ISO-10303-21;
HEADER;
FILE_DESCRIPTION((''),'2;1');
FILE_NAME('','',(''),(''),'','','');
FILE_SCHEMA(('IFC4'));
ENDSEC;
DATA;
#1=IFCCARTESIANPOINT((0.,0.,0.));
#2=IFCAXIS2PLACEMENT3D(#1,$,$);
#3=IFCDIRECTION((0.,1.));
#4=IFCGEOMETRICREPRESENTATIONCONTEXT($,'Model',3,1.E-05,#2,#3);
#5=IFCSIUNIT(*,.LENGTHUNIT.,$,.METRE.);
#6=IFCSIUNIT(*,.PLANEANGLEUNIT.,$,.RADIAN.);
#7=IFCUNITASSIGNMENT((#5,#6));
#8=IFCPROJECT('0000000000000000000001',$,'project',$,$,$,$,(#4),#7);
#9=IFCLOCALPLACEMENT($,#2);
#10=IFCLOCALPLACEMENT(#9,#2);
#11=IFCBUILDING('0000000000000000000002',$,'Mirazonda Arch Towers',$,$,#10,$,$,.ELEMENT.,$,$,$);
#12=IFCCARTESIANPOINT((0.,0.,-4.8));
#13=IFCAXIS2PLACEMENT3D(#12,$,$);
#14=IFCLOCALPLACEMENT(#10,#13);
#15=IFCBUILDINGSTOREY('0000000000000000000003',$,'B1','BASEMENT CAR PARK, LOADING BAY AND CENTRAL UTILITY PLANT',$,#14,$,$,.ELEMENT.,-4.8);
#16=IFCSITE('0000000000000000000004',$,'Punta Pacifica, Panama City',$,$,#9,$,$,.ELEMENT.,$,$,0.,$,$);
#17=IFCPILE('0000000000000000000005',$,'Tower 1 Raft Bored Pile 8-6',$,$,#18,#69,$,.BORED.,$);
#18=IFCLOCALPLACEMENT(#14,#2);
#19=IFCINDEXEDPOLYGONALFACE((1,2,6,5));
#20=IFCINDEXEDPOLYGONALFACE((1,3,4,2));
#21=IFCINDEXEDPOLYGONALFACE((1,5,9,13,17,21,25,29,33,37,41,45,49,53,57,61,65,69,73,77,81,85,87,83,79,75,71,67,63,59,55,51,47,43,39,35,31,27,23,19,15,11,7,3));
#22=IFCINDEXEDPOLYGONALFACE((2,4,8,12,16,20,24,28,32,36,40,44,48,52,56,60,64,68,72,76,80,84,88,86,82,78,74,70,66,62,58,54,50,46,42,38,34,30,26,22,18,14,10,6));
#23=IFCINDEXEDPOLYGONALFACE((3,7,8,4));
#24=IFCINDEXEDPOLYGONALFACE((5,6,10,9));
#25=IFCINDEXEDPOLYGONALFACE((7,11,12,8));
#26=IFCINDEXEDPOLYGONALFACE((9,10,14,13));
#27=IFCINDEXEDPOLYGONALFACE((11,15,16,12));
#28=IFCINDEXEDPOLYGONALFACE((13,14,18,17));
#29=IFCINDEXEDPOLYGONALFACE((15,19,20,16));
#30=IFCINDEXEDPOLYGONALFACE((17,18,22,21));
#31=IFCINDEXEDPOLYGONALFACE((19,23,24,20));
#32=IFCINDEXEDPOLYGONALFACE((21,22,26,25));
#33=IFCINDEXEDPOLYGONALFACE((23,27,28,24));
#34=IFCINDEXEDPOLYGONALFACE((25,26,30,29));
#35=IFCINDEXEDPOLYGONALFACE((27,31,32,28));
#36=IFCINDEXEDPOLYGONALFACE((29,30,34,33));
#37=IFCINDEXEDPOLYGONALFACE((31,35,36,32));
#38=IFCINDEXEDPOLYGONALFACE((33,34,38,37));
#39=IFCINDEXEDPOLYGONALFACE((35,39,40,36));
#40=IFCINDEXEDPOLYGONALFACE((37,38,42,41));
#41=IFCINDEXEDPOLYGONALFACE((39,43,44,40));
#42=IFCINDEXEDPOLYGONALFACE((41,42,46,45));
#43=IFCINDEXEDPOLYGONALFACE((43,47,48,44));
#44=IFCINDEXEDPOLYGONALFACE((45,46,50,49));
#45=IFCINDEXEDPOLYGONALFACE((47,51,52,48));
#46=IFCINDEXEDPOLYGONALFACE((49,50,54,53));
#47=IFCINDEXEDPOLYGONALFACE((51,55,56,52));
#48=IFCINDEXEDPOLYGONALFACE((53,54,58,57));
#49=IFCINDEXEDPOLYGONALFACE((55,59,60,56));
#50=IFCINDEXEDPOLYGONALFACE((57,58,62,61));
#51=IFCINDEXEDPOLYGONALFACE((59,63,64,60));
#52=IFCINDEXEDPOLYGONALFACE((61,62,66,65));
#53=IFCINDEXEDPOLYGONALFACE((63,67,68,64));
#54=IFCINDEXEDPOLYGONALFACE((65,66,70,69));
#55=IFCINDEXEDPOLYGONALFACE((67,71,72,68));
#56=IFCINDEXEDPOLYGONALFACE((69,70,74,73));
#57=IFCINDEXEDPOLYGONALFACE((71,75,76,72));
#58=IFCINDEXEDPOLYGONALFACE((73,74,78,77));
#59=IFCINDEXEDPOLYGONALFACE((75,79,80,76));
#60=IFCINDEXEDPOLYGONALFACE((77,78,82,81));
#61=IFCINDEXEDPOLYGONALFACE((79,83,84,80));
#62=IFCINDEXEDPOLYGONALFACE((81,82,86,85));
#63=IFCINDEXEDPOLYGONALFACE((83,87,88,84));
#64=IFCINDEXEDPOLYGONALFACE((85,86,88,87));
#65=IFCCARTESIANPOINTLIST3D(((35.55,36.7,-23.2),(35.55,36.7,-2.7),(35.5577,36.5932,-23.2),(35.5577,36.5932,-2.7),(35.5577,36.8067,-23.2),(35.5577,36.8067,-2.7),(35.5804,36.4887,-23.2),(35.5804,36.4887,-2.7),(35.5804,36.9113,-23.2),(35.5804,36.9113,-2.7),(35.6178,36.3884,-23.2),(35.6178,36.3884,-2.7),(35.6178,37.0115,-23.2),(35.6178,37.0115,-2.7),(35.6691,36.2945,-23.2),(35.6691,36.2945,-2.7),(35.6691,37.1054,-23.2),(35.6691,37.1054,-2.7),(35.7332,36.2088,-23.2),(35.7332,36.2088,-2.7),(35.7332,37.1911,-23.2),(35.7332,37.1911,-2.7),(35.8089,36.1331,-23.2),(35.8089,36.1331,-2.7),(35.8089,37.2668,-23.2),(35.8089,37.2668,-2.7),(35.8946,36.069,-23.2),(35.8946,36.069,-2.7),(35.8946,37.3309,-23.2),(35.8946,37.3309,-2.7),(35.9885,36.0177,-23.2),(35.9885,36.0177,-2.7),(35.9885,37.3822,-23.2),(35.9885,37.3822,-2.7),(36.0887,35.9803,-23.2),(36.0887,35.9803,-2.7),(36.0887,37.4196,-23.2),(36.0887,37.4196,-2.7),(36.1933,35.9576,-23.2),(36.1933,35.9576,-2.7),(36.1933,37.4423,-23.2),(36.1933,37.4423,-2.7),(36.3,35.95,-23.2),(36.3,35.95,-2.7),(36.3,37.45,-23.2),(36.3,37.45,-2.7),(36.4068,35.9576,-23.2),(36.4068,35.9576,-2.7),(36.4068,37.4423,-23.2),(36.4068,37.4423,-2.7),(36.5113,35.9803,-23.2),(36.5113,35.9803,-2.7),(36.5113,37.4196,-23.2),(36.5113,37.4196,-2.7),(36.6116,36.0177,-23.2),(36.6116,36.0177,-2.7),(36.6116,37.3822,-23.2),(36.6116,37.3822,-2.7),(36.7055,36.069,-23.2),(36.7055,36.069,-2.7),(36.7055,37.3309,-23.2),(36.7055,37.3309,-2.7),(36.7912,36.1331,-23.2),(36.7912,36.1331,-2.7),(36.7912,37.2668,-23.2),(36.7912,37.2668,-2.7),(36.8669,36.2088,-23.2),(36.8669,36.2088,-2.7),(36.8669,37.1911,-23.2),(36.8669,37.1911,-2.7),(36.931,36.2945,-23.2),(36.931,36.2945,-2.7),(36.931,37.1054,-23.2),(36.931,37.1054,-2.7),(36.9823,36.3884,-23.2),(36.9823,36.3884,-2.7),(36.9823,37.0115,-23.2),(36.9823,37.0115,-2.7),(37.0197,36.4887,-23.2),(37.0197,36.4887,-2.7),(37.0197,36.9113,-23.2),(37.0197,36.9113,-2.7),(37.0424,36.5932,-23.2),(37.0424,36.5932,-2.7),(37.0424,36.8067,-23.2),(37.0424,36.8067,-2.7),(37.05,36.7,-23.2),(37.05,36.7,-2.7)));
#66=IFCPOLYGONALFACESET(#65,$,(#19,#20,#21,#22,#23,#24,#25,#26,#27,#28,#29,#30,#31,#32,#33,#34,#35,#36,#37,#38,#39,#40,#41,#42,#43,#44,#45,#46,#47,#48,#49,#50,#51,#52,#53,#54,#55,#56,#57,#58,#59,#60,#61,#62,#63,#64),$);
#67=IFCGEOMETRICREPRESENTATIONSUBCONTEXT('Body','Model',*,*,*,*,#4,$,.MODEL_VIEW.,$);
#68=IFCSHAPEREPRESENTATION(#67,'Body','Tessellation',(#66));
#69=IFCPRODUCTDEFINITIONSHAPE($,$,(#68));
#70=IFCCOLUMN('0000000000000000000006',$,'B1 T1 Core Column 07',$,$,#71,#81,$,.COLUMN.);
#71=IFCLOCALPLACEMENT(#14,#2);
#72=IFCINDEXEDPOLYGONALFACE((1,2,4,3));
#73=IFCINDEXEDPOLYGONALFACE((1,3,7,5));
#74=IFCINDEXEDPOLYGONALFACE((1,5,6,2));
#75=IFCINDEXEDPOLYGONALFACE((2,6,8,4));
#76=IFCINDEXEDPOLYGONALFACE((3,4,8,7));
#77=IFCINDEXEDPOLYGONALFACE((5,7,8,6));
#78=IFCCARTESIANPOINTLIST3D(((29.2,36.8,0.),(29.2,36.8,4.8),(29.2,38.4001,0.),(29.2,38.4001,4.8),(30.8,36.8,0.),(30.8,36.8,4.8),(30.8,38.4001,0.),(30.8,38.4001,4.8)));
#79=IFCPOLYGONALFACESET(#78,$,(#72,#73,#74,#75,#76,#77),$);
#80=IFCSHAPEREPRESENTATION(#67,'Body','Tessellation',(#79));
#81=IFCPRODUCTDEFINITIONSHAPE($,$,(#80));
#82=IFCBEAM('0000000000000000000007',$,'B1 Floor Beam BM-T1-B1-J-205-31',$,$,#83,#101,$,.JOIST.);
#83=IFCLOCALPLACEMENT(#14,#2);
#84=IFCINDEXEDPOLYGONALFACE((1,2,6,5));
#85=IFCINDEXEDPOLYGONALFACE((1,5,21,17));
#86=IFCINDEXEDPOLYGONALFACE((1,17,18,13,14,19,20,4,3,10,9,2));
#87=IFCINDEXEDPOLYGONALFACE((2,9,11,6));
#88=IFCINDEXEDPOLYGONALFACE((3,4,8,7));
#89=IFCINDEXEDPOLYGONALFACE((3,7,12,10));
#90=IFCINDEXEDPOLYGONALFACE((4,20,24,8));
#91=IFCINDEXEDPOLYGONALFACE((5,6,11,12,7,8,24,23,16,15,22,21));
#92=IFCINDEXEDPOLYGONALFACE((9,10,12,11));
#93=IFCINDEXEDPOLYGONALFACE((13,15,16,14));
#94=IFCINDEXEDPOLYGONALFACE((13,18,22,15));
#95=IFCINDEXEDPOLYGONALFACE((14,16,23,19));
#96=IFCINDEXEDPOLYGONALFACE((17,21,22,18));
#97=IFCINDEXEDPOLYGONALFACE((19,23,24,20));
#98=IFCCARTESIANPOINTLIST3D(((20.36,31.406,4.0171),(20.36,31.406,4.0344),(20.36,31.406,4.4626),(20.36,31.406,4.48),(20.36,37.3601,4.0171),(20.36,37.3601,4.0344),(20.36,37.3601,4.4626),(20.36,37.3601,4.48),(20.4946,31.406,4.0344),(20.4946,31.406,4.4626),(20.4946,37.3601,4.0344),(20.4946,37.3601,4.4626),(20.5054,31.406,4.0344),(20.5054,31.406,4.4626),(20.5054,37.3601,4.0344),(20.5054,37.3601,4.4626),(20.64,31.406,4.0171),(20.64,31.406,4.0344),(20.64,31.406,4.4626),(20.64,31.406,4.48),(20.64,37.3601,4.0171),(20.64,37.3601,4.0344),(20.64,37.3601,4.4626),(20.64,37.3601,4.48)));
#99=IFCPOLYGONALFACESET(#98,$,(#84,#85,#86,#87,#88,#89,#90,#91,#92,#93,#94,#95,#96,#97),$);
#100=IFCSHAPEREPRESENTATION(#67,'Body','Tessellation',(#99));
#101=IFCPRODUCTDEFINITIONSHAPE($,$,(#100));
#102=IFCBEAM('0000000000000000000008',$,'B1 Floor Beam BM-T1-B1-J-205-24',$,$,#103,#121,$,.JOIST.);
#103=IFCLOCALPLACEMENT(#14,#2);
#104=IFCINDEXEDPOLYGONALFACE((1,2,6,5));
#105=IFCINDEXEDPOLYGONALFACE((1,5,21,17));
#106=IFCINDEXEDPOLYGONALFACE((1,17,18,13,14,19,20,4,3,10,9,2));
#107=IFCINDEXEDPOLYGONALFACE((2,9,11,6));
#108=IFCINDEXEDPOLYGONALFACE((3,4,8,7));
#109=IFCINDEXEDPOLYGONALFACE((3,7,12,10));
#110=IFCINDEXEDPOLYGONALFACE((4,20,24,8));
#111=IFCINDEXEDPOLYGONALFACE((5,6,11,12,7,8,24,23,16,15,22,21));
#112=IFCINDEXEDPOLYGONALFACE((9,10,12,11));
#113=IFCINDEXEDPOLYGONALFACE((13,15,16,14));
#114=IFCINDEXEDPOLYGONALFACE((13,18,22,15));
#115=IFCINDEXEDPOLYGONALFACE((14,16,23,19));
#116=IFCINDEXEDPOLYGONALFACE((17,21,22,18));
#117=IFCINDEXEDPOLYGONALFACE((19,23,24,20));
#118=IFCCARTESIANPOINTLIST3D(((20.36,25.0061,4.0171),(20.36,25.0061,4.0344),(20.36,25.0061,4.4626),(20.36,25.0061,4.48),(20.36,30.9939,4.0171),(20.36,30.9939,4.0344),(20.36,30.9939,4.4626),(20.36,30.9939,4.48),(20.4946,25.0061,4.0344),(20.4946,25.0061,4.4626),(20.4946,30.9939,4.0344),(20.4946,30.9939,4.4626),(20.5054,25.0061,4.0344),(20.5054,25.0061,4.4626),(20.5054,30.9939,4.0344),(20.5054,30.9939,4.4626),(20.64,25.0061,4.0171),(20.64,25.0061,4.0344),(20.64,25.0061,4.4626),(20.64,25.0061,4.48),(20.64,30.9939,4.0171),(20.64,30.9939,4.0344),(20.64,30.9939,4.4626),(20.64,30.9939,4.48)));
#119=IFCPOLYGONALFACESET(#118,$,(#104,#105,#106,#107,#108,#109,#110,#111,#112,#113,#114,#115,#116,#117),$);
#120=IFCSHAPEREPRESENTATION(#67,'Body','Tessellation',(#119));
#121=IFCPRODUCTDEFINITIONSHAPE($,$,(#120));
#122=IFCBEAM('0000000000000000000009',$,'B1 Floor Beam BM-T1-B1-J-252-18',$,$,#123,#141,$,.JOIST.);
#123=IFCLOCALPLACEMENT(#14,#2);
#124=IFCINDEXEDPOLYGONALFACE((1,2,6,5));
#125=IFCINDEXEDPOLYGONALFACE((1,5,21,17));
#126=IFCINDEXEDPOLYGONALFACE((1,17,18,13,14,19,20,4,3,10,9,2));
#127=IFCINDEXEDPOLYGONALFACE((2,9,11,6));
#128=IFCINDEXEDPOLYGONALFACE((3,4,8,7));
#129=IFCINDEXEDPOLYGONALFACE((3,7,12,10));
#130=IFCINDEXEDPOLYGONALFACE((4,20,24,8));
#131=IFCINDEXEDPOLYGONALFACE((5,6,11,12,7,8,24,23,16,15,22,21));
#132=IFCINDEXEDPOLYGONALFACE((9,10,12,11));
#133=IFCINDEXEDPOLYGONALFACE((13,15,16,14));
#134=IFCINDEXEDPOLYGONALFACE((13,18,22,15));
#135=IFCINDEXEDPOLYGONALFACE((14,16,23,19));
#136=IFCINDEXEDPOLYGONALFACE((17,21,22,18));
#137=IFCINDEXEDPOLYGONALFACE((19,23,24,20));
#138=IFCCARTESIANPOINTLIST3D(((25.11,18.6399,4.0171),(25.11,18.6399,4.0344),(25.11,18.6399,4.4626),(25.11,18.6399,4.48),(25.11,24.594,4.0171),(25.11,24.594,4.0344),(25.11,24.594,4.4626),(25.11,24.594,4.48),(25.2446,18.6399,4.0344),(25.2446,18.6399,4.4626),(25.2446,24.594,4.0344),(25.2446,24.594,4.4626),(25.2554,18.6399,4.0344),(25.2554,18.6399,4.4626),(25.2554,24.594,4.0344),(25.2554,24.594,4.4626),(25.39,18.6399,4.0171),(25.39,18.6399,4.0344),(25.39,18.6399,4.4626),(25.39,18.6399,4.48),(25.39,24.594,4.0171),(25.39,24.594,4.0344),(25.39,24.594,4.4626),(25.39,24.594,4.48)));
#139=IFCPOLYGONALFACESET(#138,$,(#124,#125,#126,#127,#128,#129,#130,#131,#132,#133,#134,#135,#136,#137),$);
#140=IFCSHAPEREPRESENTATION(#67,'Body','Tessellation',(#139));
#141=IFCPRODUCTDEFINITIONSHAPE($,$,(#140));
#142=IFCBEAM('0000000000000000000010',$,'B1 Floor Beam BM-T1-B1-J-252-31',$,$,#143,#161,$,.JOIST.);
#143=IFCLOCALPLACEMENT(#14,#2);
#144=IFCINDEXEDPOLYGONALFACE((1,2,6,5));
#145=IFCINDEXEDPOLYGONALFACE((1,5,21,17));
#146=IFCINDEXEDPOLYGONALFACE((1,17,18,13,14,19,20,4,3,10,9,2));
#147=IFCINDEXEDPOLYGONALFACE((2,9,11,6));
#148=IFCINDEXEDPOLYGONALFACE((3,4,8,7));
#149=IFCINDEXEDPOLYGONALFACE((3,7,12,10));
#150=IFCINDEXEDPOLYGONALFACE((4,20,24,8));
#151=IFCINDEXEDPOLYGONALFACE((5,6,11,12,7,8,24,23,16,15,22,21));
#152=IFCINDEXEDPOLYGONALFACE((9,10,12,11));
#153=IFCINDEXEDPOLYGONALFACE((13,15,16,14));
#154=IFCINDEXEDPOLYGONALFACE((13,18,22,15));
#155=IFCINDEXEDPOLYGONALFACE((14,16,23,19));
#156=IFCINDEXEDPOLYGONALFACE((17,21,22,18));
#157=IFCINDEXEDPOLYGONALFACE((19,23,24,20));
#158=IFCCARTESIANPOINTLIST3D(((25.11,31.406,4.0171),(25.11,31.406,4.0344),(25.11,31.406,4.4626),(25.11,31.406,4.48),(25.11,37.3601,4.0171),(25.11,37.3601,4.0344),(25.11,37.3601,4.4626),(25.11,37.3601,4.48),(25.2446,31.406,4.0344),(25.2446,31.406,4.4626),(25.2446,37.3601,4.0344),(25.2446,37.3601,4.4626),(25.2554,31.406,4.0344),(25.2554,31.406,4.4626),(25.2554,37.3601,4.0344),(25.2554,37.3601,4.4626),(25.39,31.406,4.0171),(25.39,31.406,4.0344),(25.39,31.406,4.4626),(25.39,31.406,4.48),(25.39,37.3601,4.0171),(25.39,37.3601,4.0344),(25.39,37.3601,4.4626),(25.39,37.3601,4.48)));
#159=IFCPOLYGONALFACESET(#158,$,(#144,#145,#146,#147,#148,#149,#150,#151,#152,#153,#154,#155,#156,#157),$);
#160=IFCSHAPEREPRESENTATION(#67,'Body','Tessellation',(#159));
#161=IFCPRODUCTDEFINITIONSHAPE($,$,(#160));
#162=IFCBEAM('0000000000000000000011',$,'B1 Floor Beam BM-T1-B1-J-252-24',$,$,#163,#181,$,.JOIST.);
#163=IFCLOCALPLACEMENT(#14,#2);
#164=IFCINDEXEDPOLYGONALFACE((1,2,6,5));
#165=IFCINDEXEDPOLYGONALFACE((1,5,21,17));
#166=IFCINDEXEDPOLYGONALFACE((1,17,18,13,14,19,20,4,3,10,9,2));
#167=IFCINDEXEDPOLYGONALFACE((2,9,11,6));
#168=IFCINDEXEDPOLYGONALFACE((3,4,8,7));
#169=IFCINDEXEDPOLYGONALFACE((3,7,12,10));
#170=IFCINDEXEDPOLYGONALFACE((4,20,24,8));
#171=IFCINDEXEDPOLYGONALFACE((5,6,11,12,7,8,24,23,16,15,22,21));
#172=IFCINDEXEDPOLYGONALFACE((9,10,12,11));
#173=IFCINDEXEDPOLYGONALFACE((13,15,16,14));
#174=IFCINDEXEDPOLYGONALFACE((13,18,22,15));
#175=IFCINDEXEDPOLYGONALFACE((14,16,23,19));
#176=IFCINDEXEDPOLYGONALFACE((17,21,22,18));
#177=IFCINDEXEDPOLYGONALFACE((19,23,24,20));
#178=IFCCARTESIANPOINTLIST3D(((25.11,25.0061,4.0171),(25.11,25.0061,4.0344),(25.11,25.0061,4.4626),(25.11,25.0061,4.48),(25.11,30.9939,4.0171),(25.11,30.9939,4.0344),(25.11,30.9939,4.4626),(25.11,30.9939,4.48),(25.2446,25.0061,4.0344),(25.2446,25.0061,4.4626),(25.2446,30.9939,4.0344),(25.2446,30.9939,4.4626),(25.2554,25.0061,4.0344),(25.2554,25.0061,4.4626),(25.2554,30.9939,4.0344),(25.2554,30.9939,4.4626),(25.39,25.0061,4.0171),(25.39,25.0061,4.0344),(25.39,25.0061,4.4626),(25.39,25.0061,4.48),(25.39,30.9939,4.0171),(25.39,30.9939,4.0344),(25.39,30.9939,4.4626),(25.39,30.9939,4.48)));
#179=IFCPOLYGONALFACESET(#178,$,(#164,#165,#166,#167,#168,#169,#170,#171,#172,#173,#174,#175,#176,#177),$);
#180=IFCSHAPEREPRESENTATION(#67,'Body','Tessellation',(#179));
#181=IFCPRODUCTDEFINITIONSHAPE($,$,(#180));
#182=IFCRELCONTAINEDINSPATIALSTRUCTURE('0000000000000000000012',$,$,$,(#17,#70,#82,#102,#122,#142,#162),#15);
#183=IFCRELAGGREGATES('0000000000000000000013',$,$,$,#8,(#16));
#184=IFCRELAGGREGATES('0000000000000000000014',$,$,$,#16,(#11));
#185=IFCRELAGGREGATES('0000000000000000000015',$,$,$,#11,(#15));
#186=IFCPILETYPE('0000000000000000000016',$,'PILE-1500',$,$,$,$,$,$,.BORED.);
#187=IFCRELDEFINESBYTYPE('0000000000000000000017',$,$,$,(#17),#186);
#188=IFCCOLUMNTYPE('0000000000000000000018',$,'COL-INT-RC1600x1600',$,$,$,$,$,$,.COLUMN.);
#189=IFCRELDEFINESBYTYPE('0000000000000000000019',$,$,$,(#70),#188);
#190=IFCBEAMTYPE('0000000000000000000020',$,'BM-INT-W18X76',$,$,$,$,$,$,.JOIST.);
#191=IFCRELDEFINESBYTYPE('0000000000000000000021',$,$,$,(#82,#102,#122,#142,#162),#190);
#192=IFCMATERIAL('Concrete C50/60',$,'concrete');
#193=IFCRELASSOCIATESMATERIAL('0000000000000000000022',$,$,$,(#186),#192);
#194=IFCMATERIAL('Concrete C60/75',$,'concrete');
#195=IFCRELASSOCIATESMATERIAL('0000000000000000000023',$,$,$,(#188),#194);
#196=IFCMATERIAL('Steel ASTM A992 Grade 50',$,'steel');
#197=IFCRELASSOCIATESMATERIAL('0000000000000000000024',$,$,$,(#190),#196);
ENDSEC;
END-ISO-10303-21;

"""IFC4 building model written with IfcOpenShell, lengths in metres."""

from ifc_helpers import new_model, si_unit, direction, frame, origin, origin_2d, place, context, subcontext, project, spatial, rectangle, circle, i_section, extrude, material, material_profile, profile_set, type_object, element, save


model = new_model("IFC4")

# Units and contexts
model_context = context("Model", 3, precision=1e-05, world=origin(), true_north=direction((0.0, 1.0)))
body_context = subcontext(model_context, "Body", "Model", "MODEL_VIEW")
ifc_project = project(units=[si_unit("LENGTHUNIT", "METRE"), si_unit("PLANEANGLEUNIT", "RADIAN")], contexts=[model_context])

# Site, building, storey
site_placement = place(None, origin())
site = spatial("IfcSite", under=ifc_project, at=site_placement, Name="Punta Pacifica, Panama City", CompositionType="ELEMENT", RefElevation=0.0)
building_placement = place(site_placement, origin())
building = spatial("IfcBuilding", under=site, at=building_placement, Name="Mirazonda Arch Towers", CompositionType="ELEMENT")
storey_placement = place(building_placement, frame((0.0, 0.0, -4.8)))
storey = spatial("IfcBuildingStorey", under=building, at=storey_placement, Name="B1", Description="BASEMENT CAR PARK, LOADING BAY AND CENTRAL UTILITY PLANT", CompositionType="ELEMENT", Elevation=-4.8)

# Pile
ifc_material_1 = material(Name="Concrete C50/60", Category="concrete")
ifc_material_profile_1 = material_profile(ifc_material_1, circle(Radius=0.75, at=origin_2d()), Name="BORED-D1500")
ifc_profile_set_1 = profile_set([ifc_material_profile_1], Name="Concrete C50/60")
pile_type = type_object("IfcPileType", Name="PILE-1500", PredefinedType="BORED", material=ifc_profile_set_1)
for number, where, z_axis, x_axis, name in (
    (1, (36.3, 36.7, -2.7), (0.0, 0.0, -1.0), (1.0, 0.0, 0.0), "Tower 1 Raft Bored Pile 8-6"),
):
    element("IfcPile", number, at=place(storey_placement, frame(where, z_axis=z_axis, x_axis=x_axis)), inside=storey, type_object=pile_type, Name=name, PredefinedType="BORED", context=body_context, shape_type="SweptSolid", body=[
        extrude(circle(Radius=0.75, at=origin_2d()), origin(), (0.0, 0.0, 1.0), 20.5),
    ])

# Column
ifc_material_2 = material(Name="Concrete C60/75", Category="concrete")
ifc_material_profile_2 = material_profile(ifc_material_2, rectangle(XDim=1.6001, YDim=1.6001, at=origin_2d()), Name="RC1600x1600")
ifc_profile_set_2 = profile_set([ifc_material_profile_2], Name="Concrete C60/75")
column_type = type_object("IfcColumnType", Name="COL-INT-RC1600x1600", PredefinedType="COLUMN", material=ifc_profile_set_2)
column_placement = place(storey_placement, frame((30.0, 37.6001, 0.0), z_axis=(0.0, 0.0, 1.0), x_axis=(1.0, 0.0, 0.0)))
element("IfcColumn", 2, at=column_placement, inside=storey, type_object=column_type, Name="B1 T1 Core Column 07", PredefinedType="COLUMN", context=body_context, shape_type="SweptSolid", body=[
    extrude(rectangle(XDim=1.6001, YDim=1.6001, at=origin_2d()), origin(), (0.0, 0.0, 1.0), 4.8),
])

# Beams
ifc_material_3 = material(Name="Steel ASTM A992 Grade 50", Category="steel")
ifc_material_profile_3 = material_profile(ifc_material_3, i_section(OverallWidth=0.28, OverallDepth=0.4629, WebThickness=0.0107, FlangeThickness=0.0173, at=origin_2d()), Name="W18X76")
ifc_profile_set_3 = profile_set([ifc_material_profile_3], Name="Steel ASTM A992 Grade 50")
beam_type_1 = type_object("IfcBeamType", Name="BM-INT-W18X76", PredefinedType="JOIST", material=ifc_profile_set_3)
beam_1_placement = place(storey_placement, frame((20.5, 31.406, 4.2485), z_axis=(0.0, 1.0, 0.0), x_axis=(-1.0, 0.0, 0.0)))
element("IfcBeam", 3, at=beam_1_placement, inside=storey, type_object=beam_type_1, Name="B1 Floor Beam BM-T1-B1-J-205-31", PredefinedType="JOIST", context=body_context, shape_type="SweptSolid", body=[
    extrude(i_section(OverallWidth=0.28, OverallDepth=0.4629, WebThickness=0.0107, FlangeThickness=0.0173, at=origin_2d()), origin(), (0.0, 0.0, 1.0), 5.9541),
])
beam_2_placement = place(storey_placement, frame((20.5, 25.0061, 4.2485), z_axis=(0.0, 1.0, 0.0), x_axis=(-1.0, 0.0, 0.0)))
element("IfcBeam", 4, at=beam_2_placement, inside=storey, type_object=beam_type_1, Name="B1 Floor Beam BM-T1-B1-J-205-24", PredefinedType="JOIST", context=body_context, shape_type="SweptSolid", body=[
    extrude(i_section(OverallWidth=0.28, OverallDepth=0.4629, WebThickness=0.0107, FlangeThickness=0.0173, at=origin_2d()), origin(), (0.0, 0.0, 1.0), 5.9878),
])
for number, where, z_axis, x_axis, name in (
    (5, (25.25, 18.6399, 4.2485), (0.0, 1.0, 0.0), (-1.0, 0.0, 0.0), "B1 Floor Beam BM-T1-B1-J-252-18"),
    (6, (25.25, 31.406, 4.2485), (0.0, 1.0, 0.0), (-1.0, 0.0, 0.0), "B1 Floor Beam BM-T1-B1-J-252-31"),
):
    element("IfcBeam", number, at=place(storey_placement, frame(where, z_axis=z_axis, x_axis=x_axis)), inside=storey, type_object=beam_type_1, Name=name, PredefinedType="JOIST", context=body_context, shape_type="SweptSolid", body=[
        extrude(i_section(OverallWidth=0.28, OverallDepth=0.4629, WebThickness=0.0107, FlangeThickness=0.0173, at=origin_2d()), origin(), (0.0, 0.0, 1.0), 5.9541),
    ])
beam_3_placement = place(storey_placement, frame((25.25, 25.0061, 4.2485), z_axis=(0.0, 1.0, 0.0), x_axis=(-1.0, 0.0, 0.0)))
element("IfcBeam", 7, at=beam_3_placement, inside=storey, type_object=beam_type_1, Name="B1 Floor Beam BM-T1-B1-J-252-24", PredefinedType="JOIST", context=body_context, shape_type="SweptSolid", body=[
    extrude(i_section(OverallWidth=0.28, OverallDepth=0.4629, WebThickness=0.0107, FlangeThickness=0.0173, at=origin_2d()), origin(), (0.0, 0.0, 1.0), 5.9878),
])

save(model, "model.ifc")
